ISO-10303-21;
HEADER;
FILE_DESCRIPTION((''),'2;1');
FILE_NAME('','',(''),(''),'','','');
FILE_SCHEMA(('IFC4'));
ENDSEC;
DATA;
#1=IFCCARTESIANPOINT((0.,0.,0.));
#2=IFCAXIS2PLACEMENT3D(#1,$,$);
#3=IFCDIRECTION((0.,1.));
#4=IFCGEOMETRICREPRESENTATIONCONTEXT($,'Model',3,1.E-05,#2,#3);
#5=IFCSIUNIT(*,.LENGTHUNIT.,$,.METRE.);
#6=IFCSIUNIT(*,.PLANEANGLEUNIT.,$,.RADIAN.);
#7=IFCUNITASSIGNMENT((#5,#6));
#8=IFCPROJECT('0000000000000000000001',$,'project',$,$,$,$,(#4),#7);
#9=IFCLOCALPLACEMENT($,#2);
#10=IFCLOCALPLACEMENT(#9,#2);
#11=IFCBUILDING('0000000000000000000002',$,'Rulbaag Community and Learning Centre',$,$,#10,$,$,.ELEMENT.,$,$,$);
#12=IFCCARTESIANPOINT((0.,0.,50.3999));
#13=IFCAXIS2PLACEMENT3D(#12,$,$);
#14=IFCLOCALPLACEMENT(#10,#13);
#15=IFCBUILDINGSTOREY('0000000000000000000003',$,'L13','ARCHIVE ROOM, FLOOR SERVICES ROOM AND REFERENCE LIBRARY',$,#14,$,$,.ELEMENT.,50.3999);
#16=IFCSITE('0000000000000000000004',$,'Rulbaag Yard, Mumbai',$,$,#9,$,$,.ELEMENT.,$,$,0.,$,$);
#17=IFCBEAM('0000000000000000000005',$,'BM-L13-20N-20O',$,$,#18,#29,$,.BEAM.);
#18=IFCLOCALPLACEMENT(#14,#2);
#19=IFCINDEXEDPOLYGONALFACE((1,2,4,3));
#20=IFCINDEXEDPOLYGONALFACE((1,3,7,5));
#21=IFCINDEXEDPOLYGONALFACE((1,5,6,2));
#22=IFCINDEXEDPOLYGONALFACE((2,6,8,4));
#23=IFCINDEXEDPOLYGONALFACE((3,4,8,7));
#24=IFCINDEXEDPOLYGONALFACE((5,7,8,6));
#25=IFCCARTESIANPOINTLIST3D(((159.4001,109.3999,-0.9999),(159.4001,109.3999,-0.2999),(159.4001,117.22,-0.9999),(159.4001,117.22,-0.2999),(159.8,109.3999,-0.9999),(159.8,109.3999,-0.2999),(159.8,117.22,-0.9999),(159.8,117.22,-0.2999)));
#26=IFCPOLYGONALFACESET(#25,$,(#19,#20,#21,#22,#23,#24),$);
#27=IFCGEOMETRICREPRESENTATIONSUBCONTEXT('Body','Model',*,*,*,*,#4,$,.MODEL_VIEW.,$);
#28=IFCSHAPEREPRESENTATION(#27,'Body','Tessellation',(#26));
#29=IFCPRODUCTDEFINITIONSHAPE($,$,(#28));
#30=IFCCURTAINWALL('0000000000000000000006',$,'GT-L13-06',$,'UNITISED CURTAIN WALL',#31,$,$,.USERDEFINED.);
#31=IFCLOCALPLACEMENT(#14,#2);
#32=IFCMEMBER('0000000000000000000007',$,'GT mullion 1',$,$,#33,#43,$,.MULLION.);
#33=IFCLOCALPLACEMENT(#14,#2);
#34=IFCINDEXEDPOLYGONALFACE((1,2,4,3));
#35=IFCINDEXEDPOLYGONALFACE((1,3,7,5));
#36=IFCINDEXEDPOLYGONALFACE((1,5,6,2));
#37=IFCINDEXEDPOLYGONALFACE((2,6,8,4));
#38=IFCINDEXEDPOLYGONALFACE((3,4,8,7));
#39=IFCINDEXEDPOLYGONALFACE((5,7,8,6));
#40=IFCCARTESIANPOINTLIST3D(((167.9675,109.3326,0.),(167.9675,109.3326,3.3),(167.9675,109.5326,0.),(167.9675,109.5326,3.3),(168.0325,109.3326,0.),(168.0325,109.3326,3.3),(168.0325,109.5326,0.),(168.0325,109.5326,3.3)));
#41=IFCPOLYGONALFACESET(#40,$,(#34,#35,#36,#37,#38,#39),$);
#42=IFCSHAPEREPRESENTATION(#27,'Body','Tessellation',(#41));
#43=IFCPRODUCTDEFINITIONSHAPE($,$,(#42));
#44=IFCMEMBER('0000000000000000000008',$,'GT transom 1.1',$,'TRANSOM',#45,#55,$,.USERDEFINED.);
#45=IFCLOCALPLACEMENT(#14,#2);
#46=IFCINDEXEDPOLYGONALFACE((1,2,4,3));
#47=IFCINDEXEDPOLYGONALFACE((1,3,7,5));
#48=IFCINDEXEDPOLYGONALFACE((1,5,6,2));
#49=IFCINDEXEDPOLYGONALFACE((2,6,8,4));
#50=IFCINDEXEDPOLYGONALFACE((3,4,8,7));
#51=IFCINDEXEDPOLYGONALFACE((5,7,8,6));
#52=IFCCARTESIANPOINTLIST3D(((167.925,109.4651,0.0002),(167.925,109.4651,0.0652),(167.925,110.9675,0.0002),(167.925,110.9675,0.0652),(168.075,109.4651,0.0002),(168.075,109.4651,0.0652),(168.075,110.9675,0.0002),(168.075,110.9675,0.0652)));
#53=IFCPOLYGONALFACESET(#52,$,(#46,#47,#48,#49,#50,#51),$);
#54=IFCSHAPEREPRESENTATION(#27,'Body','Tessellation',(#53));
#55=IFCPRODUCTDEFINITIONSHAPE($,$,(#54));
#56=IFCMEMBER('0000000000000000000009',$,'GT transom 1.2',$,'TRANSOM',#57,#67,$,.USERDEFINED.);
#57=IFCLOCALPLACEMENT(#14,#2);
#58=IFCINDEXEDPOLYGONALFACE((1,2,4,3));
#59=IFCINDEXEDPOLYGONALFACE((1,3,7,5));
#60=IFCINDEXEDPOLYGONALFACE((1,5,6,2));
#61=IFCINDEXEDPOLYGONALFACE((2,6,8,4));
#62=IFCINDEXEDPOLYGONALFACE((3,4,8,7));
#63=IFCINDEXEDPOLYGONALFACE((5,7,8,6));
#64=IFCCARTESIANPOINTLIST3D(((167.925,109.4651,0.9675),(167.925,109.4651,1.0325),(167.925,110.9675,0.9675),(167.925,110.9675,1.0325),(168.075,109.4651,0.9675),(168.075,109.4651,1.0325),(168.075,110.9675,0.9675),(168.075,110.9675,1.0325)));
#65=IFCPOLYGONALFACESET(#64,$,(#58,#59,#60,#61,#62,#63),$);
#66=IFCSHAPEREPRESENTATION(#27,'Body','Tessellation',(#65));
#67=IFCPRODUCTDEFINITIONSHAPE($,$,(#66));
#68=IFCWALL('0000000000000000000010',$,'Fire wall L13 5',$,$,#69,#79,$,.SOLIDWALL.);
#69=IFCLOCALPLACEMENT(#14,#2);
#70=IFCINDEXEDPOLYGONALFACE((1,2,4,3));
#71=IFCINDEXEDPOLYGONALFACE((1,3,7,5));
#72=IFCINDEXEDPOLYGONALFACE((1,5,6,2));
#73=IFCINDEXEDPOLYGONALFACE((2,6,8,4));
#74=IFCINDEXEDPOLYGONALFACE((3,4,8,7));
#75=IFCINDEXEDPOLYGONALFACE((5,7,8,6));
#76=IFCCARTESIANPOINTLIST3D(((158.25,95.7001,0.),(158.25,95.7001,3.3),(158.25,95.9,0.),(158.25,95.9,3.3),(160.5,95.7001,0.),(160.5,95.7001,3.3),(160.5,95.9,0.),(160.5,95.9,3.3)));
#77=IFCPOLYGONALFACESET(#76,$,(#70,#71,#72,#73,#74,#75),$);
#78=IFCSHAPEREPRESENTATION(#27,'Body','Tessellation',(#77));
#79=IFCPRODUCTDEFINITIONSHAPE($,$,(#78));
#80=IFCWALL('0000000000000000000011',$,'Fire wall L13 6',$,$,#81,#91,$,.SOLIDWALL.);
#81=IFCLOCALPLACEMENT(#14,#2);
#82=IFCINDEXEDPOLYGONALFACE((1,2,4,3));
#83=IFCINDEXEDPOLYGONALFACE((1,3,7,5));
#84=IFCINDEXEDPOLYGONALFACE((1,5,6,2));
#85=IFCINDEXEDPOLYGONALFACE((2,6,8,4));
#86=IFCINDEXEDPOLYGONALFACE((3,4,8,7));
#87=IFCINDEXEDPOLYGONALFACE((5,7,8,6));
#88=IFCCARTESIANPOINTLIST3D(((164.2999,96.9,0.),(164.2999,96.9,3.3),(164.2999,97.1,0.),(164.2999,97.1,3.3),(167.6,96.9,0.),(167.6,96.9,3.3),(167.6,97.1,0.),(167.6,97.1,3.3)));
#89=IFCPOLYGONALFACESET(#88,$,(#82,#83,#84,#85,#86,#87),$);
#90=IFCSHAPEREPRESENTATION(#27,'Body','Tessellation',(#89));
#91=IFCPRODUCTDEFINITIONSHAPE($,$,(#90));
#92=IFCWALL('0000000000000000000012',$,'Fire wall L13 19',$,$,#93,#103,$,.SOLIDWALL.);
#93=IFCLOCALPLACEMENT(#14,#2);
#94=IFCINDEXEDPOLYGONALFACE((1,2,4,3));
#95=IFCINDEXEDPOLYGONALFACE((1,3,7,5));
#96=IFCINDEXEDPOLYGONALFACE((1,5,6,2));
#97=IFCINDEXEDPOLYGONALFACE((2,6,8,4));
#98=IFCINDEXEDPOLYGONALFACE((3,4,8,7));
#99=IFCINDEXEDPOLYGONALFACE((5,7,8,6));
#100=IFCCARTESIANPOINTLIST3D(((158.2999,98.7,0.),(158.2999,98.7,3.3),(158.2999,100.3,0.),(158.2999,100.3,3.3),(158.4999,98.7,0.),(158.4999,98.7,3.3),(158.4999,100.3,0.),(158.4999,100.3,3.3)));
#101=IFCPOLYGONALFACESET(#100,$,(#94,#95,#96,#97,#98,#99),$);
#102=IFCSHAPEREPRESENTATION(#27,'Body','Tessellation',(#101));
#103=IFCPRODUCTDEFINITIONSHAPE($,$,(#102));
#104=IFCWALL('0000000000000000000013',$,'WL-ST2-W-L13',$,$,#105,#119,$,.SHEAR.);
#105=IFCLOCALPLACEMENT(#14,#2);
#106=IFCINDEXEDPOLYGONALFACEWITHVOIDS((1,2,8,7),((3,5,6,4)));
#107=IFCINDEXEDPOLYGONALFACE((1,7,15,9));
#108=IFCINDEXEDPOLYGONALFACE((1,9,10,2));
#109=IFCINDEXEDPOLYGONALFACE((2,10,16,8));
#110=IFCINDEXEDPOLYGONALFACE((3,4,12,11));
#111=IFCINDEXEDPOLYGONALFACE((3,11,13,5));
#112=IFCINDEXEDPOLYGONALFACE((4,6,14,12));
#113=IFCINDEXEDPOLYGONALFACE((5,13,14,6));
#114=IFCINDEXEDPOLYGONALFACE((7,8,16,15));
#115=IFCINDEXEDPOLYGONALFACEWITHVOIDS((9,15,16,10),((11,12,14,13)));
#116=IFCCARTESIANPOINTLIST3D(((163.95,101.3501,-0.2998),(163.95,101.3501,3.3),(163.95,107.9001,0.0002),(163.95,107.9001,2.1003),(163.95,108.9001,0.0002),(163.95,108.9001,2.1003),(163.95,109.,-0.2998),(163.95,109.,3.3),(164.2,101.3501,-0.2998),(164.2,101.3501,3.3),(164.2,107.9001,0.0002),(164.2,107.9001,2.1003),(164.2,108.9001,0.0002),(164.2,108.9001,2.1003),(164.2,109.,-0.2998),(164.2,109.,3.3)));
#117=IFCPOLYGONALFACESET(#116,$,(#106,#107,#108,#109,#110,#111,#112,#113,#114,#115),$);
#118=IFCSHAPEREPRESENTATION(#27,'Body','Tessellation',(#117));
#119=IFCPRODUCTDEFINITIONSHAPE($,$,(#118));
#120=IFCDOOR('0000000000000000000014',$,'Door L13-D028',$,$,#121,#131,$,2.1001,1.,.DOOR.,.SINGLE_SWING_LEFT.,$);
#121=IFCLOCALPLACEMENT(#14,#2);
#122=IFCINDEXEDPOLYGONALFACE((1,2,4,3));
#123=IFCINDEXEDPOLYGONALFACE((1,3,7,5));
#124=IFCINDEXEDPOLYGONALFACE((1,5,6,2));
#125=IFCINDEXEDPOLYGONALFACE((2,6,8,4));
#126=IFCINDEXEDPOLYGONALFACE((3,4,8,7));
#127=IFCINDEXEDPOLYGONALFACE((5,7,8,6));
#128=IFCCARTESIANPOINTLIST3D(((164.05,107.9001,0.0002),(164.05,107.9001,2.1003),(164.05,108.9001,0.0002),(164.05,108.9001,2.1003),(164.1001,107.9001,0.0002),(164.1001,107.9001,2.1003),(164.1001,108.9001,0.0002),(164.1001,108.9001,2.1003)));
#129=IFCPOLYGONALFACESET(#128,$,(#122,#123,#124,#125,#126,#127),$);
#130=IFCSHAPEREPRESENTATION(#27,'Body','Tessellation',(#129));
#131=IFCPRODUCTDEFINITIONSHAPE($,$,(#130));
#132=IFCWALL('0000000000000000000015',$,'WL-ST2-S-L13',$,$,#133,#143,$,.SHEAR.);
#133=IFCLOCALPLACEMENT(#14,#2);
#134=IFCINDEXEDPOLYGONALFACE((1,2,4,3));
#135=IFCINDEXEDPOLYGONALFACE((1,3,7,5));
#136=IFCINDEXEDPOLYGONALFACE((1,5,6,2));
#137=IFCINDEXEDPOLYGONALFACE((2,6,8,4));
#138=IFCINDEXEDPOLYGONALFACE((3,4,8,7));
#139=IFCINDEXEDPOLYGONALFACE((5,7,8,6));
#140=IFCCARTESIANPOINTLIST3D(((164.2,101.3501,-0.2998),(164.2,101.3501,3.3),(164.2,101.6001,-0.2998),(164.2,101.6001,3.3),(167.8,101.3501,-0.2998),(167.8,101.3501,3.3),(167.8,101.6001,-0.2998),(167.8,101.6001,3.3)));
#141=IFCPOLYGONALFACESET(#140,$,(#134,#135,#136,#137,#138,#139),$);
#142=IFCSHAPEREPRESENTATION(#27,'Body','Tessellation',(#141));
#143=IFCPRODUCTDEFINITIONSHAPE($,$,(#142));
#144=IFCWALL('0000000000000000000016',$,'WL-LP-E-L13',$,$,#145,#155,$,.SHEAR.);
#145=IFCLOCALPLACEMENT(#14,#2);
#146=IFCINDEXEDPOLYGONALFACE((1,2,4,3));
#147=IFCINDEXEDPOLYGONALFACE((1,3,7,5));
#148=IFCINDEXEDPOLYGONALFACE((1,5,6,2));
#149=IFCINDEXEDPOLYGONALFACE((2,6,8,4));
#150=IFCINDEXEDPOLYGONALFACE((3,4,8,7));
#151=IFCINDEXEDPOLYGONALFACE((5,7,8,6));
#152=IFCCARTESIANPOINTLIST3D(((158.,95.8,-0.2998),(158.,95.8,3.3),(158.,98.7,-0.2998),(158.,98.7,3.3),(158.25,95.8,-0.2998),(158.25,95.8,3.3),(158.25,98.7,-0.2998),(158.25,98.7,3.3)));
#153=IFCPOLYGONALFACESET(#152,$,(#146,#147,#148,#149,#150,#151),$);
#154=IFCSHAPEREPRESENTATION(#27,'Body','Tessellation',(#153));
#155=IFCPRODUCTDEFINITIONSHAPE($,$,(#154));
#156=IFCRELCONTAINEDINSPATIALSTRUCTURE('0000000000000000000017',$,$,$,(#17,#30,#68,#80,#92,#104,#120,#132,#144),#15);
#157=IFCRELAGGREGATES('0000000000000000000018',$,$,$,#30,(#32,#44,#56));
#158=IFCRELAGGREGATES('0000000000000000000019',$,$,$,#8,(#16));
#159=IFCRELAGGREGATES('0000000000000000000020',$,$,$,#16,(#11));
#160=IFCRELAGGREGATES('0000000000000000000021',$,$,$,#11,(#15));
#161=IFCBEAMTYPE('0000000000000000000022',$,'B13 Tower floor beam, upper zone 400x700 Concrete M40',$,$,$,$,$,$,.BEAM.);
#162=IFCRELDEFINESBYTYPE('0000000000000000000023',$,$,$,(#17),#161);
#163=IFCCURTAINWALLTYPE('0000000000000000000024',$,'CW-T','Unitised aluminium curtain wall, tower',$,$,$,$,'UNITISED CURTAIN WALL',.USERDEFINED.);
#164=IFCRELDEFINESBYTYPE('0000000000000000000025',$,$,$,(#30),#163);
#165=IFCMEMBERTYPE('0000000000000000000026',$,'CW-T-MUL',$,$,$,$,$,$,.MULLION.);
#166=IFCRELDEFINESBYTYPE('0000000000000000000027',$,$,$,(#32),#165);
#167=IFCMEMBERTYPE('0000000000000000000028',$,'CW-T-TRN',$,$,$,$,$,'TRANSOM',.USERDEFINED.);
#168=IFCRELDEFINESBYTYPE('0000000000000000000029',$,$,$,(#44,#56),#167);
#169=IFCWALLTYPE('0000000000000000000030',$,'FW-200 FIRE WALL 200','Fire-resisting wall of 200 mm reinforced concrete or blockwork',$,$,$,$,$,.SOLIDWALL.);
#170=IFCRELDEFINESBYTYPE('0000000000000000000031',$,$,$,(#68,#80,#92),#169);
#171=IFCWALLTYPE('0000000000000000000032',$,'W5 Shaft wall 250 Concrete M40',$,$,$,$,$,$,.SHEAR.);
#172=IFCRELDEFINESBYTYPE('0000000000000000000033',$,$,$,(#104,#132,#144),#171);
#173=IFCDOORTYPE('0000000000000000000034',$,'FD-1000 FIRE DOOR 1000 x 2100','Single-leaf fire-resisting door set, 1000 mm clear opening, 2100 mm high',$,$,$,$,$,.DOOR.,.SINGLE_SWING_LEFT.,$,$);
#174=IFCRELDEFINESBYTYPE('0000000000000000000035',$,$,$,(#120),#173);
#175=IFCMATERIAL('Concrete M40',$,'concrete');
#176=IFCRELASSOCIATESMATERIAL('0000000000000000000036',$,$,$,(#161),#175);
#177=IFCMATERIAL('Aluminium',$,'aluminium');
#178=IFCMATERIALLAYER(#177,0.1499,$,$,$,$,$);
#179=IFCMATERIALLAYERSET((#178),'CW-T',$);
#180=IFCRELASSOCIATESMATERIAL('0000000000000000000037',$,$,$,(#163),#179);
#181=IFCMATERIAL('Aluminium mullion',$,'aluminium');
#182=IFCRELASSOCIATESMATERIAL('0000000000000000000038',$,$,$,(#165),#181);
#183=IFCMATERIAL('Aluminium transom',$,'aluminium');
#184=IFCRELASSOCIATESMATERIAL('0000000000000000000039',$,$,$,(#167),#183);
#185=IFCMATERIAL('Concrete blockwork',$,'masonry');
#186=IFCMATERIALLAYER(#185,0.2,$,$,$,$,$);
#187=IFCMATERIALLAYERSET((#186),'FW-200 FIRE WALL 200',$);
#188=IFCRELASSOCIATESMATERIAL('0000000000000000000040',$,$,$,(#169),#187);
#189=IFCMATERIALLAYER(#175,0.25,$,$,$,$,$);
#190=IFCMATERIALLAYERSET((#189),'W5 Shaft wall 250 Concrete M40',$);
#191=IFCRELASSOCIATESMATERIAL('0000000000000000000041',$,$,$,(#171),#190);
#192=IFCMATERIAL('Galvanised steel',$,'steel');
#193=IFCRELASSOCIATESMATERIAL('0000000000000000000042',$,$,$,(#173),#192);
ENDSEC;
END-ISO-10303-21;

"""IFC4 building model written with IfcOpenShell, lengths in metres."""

from ifc_helpers import new_model, si_unit, direction, frame, frame_2d, origin, origin_2d, place, context, subcontext, project, spatial, rectangle, extrude, material, layer, layer_set, material_profile, profile_set, type_object, element, fill, aggregate, save


model = new_model("IFC4")

# Units and contexts
model_context = context("Model", 3, precision=1e-05, world=origin(), true_north=direction((0.0, 1.0)))
body_context = subcontext(model_context, "Body", "Model", "MODEL_VIEW")
ifc_project = project(units=[si_unit("LENGTHUNIT", "METRE"), si_unit("PLANEANGLEUNIT", "RADIAN")], contexts=[model_context])

# Site, building, storey
site_placement = place(None, origin())
site = spatial("IfcSite", under=ifc_project, at=site_placement, Name="Rulbaag Yard, Mumbai", CompositionType="ELEMENT", RefElevation=0.0)
building_placement = place(site_placement, origin())
building = spatial("IfcBuilding", under=site, at=building_placement, Name="Rulbaag Community and Learning Centre", CompositionType="ELEMENT")
storey_placement = place(building_placement, frame((0.0, 0.0, 50.3999)))
storey = spatial("IfcBuildingStorey", under=building, at=storey_placement, Name="L13", Description="ARCHIVE ROOM, FLOOR SERVICES ROOM AND REFERENCE LIBRARY", CompositionType="ELEMENT", Elevation=50.3999)

# Beam
ifc_material_1 = material(Name="Concrete M40", Category="concrete")
ifc_material_profile_1 = material_profile(ifc_material_1, rectangle(XDim=0.3999, YDim=0.7, at=origin_2d()), Name="RB400x700")
ifc_profile_set_1 = profile_set([ifc_material_profile_1], Name="Concrete M40")
beam_type = type_object("IfcBeamType", Name="B13 Tower floor beam, upper zone 400x700 Concrete M40", PredefinedType="BEAM", material=ifc_profile_set_1)
beam_placement = place(storey_placement, frame((159.6001, 109.3999, -0.6499), z_axis=(0.0, 1.0, 0.0), x_axis=(-1.0, 0.0, 0.0)))
element("IfcBeam", 1, at=beam_placement, inside=storey, type_object=beam_type, Name="BM-L13-20N-20O", PredefinedType="BEAM", context=body_context, shape_type="SweptSolid", body=[
    extrude(rectangle(XDim=0.3999, YDim=0.7, at=origin_2d()), origin(), (0.0, 0.0, 1.0), 7.8201),
])

# Curtain wall, members
ifc_material_2 = material(Name="Aluminium", Category="aluminium")
ifc_layer_1 = layer(ifc_material_2, 0.1499)
ifc_layer_set_1 = layer_set([ifc_layer_1], Name="CW-T")
curtain_wall_type = type_object("IfcCurtainWallType", Name="CW-T", Description="Unitised aluminium curtain wall, tower", ElementType="UNITISED CURTAIN WALL", PredefinedType="USERDEFINED", material=ifc_layer_set_1)
curtain_wall_placement = place(storey_placement, origin())
curtain_wall = element("IfcCurtainWall", 2, at=curtain_wall_placement, inside=storey, type_object=curtain_wall_type, Name="GT-L13-06", ObjectType="UNITISED CURTAIN WALL", PredefinedType="USERDEFINED")
ifc_material_3 = material(Name="Aluminium mullion", Category="aluminium")
ifc_material_profile_2 = material_profile(ifc_material_3, rectangle(XDim=0.0649, YDim=0.2, at=origin_2d()), Name="AL 65x200")
ifc_profile_set_2 = profile_set([ifc_material_profile_2], Name="Aluminium mullion")
member_type_1 = type_object("IfcMemberType", Name="CW-T-MUL", PredefinedType="MULLION", material=ifc_profile_set_2)
member_1_placement = place(storey_placement, frame((168.0, 109.4326, 0.0), z_axis=(0.0, 0.0, 1.0), x_axis=(-1.0, 0.0, 0.0)))
member_1 = element("IfcMember", 3, at=member_1_placement, type_object=member_type_1, Name="GT mullion 1", PredefinedType="MULLION", context=body_context, shape_type="SweptSolid", body=[
    extrude(rectangle(XDim=0.0649, YDim=0.2, at=origin_2d()), origin(), (0.0, 0.0, 1.0), 3.3),
])
ifc_material_4 = material(Name="Aluminium transom", Category="aluminium")
ifc_material_profile_3 = material_profile(ifc_material_4, rectangle(XDim=0.1499, YDim=0.0649, at=origin_2d()), Name="AL 65x150 T")
ifc_profile_set_3 = profile_set([ifc_material_profile_3], Name="Aluminium transom")
member_type_2 = type_object("IfcMemberType", Name="CW-T-TRN", ElementType="TRANSOM", PredefinedType="USERDEFINED", material=ifc_profile_set_3)
member_2_placement = place(storey_placement, frame((168.0, 109.4651, 0.0327), z_axis=(0.0, 1.0, 0.0), x_axis=(-1.0, 0.0, 0.0)))
member_2 = element("IfcMember", 4, at=member_2_placement, type_object=member_type_2, Name="GT transom 1.1", ObjectType="TRANSOM", PredefinedType="USERDEFINED", context=body_context, shape_type="SweptSolid", body=[
    extrude(rectangle(XDim=0.1499, YDim=0.0649, at=origin_2d()), origin(), (0.0, 0.0, 1.0), 1.5024),
])
member_3_placement = place(storey_placement, frame((168.0, 109.4651, 1.0), z_axis=(0.0, 1.0, 0.0), x_axis=(-1.0, 0.0, 0.0)))
member_3 = element("IfcMember", 5, at=member_3_placement, type_object=member_type_2, Name="GT transom 1.2", ObjectType="TRANSOM", PredefinedType="USERDEFINED", context=body_context, shape_type="SweptSolid", body=[
    extrude(rectangle(XDim=0.1499, YDim=0.0649, at=origin_2d()), origin(), (0.0, 0.0, 1.0), 1.5024),
])
aggregate(curtain_wall, [member_1, member_2, member_3])

# Walls
ifc_material_5 = material(Name="Concrete blockwork", Category="masonry")
ifc_layer_2 = layer(ifc_material_5, 0.2)
ifc_layer_set_2 = layer_set([ifc_layer_2], Name="FW-200 FIRE WALL 200")
wall_type_1 = type_object("IfcWallType", Name="FW-200 FIRE WALL 200", Description="Fire-resisting wall of 200 mm reinforced concrete or blockwork", PredefinedType="SOLIDWALL", material=ifc_layer_set_2)
wall_1_placement = place(storey_placement, frame((158.25, 95.8, 0.0), z_axis=(0.0, 0.0, 1.0), x_axis=(1.0, 0.0, 0.0)))
element("IfcWall", 6, at=wall_1_placement, inside=storey, type_object=wall_type_1, Name="Fire wall L13 5", PredefinedType="SOLIDWALL", context=body_context, shape_type="SweptSolid", body=[
    extrude(rectangle(XDim=2.25, YDim=0.2, at=frame_2d((1.125, 0.0))), origin(), (0.0, 0.0, 1.0), 3.3),
])
wall_2_placement = place(storey_placement, frame((164.3, 97.0, 0.0), z_axis=(0.0, 0.0, 1.0), x_axis=(1.0, 0.0, 0.0)))
element("IfcWall", 7, at=wall_2_placement, inside=storey, type_object=wall_type_1, Name="Fire wall L13 6", PredefinedType="SOLIDWALL", context=body_context, shape_type="SweptSolid", body=[
    extrude(rectangle(XDim=3.3, YDim=0.2, at=frame_2d((1.6499, 0.0))), origin(), (0.0, 0.0, 1.0), 3.3),
])
wall_3_placement = place(storey_placement, frame((158.3999, 98.7, 0.0), z_axis=(0.0, 0.0, 1.0), x_axis=(0.0, 1.0, 0.0)))
element("IfcWall", 8, at=wall_3_placement, inside=storey, type_object=wall_type_1, Name="Fire wall L13 19", PredefinedType="SOLIDWALL", context=body_context, shape_type="SweptSolid", body=[
    extrude(rectangle(XDim=1.6001, YDim=0.2, at=frame_2d((0.8, 0.0))), origin(), (0.0, 0.0, 1.0), 3.3),
])

# Wall, opening, door
ifc_layer_3 = layer(ifc_material_1, 0.25)
ifc_layer_set_3 = layer_set([ifc_layer_3], Name="W5 Shaft wall 250 Concrete M40")
wall_type_2 = type_object("IfcWallType", Name="W5 Shaft wall 250 Concrete M40", PredefinedType="SHEAR", material=ifc_layer_set_3)
wall_4_placement = place(storey_placement, frame((164.075, 101.3501, -0.2998), z_axis=(0.0, 0.0, 1.0), x_axis=(0.0, 1.0, 0.0)))
wall_4 = element("IfcWall", 9, at=wall_4_placement, inside=storey, type_object=wall_type_2, Name="WL-ST2-W-L13", PredefinedType="SHEAR", context=body_context, shape_type="SweptSolid", body=[
    extrude(rectangle(XDim=7.6499, YDim=0.25, at=frame_2d((3.825, 0.0))), origin(), (0.0, 0.0, 1.0), 3.5999),
])
opening_placement = place(wall_4_placement, frame((6.55, 0.0, 0.3)))
opening = element("IfcOpeningElement", 10, at=opening_placement, cuts=wall_4, PredefinedType="OPENING", context=body_context, shape_type="SweptSolid", body=[
    extrude(rectangle(XDim=1.0, YDim=2.1001, at=frame_2d((0.5, 1.05))), frame((0.0, 0.135, 0.0), z_axis=(0.0, -1.0, 0.0), x_axis=(1.0, 0.0, 0.0)), (0.0, 0.0, 1.0), 0.27),
])
ifc_material_6 = material(Name="Galvanised steel", Category="steel")
door_type = type_object("IfcDoorType", Name="FD-1000 FIRE DOOR 1000 x 2100", Description="Single-leaf fire-resisting door set, 1000 mm clear opening, 2100 mm high", OperationType="SINGLE_SWING_LEFT", PredefinedType="DOOR", material=ifc_material_6)
door_placement = place(opening_placement, origin())
door = element("IfcDoor", 11, at=door_placement, inside=storey, type_object=door_type, Name="Door L13-D028", OperationType="SINGLE_SWING_LEFT", OverallHeight=2.1001, OverallWidth=1.0, PredefinedType="DOOR", context=body_context, shape_type="SweptSolid", body=[
    extrude(rectangle(XDim=1.0, YDim=2.1001, at=frame_2d((0.5, 1.05))), frame((0.0, 0.0249, 0.0), z_axis=(0.0, -1.0, 0.0), x_axis=(1.0, 0.0, 0.0)), (0.0, 0.0, 1.0), 0.05),
])
fill(opening, door)

# Walls
wall_5_placement = place(storey_placement, frame((164.2, 101.4751, -0.2998), z_axis=(0.0, 0.0, 1.0), x_axis=(1.0, 0.0, 0.0)))
element("IfcWall", 12, at=wall_5_placement, inside=storey, type_object=wall_type_2, Name="WL-ST2-S-L13", PredefinedType="SHEAR", context=body_context, shape_type="SweptSolid", body=[
    extrude(rectangle(XDim=3.6001, YDim=0.25, at=frame_2d((1.8, 0.0))), origin(), (0.0, 0.0, 1.0), 3.5999),
])
wall_6_placement = place(storey_placement, frame((158.125, 95.8, -0.2998), z_axis=(0.0, 0.0, 1.0), x_axis=(0.0, 1.0, 0.0)))
element("IfcWall", 13, at=wall_6_placement, inside=storey, type_object=wall_type_2, Name="WL-LP-E-L13", PredefinedType="SHEAR", context=body_context, shape_type="SweptSolid", body=[
    extrude(rectangle(XDim=2.8999, YDim=0.25, at=frame_2d((1.45, 0.0))), origin(), (0.0, 0.0, 1.0), 3.5999),
])

save(model, "model.ifc")
